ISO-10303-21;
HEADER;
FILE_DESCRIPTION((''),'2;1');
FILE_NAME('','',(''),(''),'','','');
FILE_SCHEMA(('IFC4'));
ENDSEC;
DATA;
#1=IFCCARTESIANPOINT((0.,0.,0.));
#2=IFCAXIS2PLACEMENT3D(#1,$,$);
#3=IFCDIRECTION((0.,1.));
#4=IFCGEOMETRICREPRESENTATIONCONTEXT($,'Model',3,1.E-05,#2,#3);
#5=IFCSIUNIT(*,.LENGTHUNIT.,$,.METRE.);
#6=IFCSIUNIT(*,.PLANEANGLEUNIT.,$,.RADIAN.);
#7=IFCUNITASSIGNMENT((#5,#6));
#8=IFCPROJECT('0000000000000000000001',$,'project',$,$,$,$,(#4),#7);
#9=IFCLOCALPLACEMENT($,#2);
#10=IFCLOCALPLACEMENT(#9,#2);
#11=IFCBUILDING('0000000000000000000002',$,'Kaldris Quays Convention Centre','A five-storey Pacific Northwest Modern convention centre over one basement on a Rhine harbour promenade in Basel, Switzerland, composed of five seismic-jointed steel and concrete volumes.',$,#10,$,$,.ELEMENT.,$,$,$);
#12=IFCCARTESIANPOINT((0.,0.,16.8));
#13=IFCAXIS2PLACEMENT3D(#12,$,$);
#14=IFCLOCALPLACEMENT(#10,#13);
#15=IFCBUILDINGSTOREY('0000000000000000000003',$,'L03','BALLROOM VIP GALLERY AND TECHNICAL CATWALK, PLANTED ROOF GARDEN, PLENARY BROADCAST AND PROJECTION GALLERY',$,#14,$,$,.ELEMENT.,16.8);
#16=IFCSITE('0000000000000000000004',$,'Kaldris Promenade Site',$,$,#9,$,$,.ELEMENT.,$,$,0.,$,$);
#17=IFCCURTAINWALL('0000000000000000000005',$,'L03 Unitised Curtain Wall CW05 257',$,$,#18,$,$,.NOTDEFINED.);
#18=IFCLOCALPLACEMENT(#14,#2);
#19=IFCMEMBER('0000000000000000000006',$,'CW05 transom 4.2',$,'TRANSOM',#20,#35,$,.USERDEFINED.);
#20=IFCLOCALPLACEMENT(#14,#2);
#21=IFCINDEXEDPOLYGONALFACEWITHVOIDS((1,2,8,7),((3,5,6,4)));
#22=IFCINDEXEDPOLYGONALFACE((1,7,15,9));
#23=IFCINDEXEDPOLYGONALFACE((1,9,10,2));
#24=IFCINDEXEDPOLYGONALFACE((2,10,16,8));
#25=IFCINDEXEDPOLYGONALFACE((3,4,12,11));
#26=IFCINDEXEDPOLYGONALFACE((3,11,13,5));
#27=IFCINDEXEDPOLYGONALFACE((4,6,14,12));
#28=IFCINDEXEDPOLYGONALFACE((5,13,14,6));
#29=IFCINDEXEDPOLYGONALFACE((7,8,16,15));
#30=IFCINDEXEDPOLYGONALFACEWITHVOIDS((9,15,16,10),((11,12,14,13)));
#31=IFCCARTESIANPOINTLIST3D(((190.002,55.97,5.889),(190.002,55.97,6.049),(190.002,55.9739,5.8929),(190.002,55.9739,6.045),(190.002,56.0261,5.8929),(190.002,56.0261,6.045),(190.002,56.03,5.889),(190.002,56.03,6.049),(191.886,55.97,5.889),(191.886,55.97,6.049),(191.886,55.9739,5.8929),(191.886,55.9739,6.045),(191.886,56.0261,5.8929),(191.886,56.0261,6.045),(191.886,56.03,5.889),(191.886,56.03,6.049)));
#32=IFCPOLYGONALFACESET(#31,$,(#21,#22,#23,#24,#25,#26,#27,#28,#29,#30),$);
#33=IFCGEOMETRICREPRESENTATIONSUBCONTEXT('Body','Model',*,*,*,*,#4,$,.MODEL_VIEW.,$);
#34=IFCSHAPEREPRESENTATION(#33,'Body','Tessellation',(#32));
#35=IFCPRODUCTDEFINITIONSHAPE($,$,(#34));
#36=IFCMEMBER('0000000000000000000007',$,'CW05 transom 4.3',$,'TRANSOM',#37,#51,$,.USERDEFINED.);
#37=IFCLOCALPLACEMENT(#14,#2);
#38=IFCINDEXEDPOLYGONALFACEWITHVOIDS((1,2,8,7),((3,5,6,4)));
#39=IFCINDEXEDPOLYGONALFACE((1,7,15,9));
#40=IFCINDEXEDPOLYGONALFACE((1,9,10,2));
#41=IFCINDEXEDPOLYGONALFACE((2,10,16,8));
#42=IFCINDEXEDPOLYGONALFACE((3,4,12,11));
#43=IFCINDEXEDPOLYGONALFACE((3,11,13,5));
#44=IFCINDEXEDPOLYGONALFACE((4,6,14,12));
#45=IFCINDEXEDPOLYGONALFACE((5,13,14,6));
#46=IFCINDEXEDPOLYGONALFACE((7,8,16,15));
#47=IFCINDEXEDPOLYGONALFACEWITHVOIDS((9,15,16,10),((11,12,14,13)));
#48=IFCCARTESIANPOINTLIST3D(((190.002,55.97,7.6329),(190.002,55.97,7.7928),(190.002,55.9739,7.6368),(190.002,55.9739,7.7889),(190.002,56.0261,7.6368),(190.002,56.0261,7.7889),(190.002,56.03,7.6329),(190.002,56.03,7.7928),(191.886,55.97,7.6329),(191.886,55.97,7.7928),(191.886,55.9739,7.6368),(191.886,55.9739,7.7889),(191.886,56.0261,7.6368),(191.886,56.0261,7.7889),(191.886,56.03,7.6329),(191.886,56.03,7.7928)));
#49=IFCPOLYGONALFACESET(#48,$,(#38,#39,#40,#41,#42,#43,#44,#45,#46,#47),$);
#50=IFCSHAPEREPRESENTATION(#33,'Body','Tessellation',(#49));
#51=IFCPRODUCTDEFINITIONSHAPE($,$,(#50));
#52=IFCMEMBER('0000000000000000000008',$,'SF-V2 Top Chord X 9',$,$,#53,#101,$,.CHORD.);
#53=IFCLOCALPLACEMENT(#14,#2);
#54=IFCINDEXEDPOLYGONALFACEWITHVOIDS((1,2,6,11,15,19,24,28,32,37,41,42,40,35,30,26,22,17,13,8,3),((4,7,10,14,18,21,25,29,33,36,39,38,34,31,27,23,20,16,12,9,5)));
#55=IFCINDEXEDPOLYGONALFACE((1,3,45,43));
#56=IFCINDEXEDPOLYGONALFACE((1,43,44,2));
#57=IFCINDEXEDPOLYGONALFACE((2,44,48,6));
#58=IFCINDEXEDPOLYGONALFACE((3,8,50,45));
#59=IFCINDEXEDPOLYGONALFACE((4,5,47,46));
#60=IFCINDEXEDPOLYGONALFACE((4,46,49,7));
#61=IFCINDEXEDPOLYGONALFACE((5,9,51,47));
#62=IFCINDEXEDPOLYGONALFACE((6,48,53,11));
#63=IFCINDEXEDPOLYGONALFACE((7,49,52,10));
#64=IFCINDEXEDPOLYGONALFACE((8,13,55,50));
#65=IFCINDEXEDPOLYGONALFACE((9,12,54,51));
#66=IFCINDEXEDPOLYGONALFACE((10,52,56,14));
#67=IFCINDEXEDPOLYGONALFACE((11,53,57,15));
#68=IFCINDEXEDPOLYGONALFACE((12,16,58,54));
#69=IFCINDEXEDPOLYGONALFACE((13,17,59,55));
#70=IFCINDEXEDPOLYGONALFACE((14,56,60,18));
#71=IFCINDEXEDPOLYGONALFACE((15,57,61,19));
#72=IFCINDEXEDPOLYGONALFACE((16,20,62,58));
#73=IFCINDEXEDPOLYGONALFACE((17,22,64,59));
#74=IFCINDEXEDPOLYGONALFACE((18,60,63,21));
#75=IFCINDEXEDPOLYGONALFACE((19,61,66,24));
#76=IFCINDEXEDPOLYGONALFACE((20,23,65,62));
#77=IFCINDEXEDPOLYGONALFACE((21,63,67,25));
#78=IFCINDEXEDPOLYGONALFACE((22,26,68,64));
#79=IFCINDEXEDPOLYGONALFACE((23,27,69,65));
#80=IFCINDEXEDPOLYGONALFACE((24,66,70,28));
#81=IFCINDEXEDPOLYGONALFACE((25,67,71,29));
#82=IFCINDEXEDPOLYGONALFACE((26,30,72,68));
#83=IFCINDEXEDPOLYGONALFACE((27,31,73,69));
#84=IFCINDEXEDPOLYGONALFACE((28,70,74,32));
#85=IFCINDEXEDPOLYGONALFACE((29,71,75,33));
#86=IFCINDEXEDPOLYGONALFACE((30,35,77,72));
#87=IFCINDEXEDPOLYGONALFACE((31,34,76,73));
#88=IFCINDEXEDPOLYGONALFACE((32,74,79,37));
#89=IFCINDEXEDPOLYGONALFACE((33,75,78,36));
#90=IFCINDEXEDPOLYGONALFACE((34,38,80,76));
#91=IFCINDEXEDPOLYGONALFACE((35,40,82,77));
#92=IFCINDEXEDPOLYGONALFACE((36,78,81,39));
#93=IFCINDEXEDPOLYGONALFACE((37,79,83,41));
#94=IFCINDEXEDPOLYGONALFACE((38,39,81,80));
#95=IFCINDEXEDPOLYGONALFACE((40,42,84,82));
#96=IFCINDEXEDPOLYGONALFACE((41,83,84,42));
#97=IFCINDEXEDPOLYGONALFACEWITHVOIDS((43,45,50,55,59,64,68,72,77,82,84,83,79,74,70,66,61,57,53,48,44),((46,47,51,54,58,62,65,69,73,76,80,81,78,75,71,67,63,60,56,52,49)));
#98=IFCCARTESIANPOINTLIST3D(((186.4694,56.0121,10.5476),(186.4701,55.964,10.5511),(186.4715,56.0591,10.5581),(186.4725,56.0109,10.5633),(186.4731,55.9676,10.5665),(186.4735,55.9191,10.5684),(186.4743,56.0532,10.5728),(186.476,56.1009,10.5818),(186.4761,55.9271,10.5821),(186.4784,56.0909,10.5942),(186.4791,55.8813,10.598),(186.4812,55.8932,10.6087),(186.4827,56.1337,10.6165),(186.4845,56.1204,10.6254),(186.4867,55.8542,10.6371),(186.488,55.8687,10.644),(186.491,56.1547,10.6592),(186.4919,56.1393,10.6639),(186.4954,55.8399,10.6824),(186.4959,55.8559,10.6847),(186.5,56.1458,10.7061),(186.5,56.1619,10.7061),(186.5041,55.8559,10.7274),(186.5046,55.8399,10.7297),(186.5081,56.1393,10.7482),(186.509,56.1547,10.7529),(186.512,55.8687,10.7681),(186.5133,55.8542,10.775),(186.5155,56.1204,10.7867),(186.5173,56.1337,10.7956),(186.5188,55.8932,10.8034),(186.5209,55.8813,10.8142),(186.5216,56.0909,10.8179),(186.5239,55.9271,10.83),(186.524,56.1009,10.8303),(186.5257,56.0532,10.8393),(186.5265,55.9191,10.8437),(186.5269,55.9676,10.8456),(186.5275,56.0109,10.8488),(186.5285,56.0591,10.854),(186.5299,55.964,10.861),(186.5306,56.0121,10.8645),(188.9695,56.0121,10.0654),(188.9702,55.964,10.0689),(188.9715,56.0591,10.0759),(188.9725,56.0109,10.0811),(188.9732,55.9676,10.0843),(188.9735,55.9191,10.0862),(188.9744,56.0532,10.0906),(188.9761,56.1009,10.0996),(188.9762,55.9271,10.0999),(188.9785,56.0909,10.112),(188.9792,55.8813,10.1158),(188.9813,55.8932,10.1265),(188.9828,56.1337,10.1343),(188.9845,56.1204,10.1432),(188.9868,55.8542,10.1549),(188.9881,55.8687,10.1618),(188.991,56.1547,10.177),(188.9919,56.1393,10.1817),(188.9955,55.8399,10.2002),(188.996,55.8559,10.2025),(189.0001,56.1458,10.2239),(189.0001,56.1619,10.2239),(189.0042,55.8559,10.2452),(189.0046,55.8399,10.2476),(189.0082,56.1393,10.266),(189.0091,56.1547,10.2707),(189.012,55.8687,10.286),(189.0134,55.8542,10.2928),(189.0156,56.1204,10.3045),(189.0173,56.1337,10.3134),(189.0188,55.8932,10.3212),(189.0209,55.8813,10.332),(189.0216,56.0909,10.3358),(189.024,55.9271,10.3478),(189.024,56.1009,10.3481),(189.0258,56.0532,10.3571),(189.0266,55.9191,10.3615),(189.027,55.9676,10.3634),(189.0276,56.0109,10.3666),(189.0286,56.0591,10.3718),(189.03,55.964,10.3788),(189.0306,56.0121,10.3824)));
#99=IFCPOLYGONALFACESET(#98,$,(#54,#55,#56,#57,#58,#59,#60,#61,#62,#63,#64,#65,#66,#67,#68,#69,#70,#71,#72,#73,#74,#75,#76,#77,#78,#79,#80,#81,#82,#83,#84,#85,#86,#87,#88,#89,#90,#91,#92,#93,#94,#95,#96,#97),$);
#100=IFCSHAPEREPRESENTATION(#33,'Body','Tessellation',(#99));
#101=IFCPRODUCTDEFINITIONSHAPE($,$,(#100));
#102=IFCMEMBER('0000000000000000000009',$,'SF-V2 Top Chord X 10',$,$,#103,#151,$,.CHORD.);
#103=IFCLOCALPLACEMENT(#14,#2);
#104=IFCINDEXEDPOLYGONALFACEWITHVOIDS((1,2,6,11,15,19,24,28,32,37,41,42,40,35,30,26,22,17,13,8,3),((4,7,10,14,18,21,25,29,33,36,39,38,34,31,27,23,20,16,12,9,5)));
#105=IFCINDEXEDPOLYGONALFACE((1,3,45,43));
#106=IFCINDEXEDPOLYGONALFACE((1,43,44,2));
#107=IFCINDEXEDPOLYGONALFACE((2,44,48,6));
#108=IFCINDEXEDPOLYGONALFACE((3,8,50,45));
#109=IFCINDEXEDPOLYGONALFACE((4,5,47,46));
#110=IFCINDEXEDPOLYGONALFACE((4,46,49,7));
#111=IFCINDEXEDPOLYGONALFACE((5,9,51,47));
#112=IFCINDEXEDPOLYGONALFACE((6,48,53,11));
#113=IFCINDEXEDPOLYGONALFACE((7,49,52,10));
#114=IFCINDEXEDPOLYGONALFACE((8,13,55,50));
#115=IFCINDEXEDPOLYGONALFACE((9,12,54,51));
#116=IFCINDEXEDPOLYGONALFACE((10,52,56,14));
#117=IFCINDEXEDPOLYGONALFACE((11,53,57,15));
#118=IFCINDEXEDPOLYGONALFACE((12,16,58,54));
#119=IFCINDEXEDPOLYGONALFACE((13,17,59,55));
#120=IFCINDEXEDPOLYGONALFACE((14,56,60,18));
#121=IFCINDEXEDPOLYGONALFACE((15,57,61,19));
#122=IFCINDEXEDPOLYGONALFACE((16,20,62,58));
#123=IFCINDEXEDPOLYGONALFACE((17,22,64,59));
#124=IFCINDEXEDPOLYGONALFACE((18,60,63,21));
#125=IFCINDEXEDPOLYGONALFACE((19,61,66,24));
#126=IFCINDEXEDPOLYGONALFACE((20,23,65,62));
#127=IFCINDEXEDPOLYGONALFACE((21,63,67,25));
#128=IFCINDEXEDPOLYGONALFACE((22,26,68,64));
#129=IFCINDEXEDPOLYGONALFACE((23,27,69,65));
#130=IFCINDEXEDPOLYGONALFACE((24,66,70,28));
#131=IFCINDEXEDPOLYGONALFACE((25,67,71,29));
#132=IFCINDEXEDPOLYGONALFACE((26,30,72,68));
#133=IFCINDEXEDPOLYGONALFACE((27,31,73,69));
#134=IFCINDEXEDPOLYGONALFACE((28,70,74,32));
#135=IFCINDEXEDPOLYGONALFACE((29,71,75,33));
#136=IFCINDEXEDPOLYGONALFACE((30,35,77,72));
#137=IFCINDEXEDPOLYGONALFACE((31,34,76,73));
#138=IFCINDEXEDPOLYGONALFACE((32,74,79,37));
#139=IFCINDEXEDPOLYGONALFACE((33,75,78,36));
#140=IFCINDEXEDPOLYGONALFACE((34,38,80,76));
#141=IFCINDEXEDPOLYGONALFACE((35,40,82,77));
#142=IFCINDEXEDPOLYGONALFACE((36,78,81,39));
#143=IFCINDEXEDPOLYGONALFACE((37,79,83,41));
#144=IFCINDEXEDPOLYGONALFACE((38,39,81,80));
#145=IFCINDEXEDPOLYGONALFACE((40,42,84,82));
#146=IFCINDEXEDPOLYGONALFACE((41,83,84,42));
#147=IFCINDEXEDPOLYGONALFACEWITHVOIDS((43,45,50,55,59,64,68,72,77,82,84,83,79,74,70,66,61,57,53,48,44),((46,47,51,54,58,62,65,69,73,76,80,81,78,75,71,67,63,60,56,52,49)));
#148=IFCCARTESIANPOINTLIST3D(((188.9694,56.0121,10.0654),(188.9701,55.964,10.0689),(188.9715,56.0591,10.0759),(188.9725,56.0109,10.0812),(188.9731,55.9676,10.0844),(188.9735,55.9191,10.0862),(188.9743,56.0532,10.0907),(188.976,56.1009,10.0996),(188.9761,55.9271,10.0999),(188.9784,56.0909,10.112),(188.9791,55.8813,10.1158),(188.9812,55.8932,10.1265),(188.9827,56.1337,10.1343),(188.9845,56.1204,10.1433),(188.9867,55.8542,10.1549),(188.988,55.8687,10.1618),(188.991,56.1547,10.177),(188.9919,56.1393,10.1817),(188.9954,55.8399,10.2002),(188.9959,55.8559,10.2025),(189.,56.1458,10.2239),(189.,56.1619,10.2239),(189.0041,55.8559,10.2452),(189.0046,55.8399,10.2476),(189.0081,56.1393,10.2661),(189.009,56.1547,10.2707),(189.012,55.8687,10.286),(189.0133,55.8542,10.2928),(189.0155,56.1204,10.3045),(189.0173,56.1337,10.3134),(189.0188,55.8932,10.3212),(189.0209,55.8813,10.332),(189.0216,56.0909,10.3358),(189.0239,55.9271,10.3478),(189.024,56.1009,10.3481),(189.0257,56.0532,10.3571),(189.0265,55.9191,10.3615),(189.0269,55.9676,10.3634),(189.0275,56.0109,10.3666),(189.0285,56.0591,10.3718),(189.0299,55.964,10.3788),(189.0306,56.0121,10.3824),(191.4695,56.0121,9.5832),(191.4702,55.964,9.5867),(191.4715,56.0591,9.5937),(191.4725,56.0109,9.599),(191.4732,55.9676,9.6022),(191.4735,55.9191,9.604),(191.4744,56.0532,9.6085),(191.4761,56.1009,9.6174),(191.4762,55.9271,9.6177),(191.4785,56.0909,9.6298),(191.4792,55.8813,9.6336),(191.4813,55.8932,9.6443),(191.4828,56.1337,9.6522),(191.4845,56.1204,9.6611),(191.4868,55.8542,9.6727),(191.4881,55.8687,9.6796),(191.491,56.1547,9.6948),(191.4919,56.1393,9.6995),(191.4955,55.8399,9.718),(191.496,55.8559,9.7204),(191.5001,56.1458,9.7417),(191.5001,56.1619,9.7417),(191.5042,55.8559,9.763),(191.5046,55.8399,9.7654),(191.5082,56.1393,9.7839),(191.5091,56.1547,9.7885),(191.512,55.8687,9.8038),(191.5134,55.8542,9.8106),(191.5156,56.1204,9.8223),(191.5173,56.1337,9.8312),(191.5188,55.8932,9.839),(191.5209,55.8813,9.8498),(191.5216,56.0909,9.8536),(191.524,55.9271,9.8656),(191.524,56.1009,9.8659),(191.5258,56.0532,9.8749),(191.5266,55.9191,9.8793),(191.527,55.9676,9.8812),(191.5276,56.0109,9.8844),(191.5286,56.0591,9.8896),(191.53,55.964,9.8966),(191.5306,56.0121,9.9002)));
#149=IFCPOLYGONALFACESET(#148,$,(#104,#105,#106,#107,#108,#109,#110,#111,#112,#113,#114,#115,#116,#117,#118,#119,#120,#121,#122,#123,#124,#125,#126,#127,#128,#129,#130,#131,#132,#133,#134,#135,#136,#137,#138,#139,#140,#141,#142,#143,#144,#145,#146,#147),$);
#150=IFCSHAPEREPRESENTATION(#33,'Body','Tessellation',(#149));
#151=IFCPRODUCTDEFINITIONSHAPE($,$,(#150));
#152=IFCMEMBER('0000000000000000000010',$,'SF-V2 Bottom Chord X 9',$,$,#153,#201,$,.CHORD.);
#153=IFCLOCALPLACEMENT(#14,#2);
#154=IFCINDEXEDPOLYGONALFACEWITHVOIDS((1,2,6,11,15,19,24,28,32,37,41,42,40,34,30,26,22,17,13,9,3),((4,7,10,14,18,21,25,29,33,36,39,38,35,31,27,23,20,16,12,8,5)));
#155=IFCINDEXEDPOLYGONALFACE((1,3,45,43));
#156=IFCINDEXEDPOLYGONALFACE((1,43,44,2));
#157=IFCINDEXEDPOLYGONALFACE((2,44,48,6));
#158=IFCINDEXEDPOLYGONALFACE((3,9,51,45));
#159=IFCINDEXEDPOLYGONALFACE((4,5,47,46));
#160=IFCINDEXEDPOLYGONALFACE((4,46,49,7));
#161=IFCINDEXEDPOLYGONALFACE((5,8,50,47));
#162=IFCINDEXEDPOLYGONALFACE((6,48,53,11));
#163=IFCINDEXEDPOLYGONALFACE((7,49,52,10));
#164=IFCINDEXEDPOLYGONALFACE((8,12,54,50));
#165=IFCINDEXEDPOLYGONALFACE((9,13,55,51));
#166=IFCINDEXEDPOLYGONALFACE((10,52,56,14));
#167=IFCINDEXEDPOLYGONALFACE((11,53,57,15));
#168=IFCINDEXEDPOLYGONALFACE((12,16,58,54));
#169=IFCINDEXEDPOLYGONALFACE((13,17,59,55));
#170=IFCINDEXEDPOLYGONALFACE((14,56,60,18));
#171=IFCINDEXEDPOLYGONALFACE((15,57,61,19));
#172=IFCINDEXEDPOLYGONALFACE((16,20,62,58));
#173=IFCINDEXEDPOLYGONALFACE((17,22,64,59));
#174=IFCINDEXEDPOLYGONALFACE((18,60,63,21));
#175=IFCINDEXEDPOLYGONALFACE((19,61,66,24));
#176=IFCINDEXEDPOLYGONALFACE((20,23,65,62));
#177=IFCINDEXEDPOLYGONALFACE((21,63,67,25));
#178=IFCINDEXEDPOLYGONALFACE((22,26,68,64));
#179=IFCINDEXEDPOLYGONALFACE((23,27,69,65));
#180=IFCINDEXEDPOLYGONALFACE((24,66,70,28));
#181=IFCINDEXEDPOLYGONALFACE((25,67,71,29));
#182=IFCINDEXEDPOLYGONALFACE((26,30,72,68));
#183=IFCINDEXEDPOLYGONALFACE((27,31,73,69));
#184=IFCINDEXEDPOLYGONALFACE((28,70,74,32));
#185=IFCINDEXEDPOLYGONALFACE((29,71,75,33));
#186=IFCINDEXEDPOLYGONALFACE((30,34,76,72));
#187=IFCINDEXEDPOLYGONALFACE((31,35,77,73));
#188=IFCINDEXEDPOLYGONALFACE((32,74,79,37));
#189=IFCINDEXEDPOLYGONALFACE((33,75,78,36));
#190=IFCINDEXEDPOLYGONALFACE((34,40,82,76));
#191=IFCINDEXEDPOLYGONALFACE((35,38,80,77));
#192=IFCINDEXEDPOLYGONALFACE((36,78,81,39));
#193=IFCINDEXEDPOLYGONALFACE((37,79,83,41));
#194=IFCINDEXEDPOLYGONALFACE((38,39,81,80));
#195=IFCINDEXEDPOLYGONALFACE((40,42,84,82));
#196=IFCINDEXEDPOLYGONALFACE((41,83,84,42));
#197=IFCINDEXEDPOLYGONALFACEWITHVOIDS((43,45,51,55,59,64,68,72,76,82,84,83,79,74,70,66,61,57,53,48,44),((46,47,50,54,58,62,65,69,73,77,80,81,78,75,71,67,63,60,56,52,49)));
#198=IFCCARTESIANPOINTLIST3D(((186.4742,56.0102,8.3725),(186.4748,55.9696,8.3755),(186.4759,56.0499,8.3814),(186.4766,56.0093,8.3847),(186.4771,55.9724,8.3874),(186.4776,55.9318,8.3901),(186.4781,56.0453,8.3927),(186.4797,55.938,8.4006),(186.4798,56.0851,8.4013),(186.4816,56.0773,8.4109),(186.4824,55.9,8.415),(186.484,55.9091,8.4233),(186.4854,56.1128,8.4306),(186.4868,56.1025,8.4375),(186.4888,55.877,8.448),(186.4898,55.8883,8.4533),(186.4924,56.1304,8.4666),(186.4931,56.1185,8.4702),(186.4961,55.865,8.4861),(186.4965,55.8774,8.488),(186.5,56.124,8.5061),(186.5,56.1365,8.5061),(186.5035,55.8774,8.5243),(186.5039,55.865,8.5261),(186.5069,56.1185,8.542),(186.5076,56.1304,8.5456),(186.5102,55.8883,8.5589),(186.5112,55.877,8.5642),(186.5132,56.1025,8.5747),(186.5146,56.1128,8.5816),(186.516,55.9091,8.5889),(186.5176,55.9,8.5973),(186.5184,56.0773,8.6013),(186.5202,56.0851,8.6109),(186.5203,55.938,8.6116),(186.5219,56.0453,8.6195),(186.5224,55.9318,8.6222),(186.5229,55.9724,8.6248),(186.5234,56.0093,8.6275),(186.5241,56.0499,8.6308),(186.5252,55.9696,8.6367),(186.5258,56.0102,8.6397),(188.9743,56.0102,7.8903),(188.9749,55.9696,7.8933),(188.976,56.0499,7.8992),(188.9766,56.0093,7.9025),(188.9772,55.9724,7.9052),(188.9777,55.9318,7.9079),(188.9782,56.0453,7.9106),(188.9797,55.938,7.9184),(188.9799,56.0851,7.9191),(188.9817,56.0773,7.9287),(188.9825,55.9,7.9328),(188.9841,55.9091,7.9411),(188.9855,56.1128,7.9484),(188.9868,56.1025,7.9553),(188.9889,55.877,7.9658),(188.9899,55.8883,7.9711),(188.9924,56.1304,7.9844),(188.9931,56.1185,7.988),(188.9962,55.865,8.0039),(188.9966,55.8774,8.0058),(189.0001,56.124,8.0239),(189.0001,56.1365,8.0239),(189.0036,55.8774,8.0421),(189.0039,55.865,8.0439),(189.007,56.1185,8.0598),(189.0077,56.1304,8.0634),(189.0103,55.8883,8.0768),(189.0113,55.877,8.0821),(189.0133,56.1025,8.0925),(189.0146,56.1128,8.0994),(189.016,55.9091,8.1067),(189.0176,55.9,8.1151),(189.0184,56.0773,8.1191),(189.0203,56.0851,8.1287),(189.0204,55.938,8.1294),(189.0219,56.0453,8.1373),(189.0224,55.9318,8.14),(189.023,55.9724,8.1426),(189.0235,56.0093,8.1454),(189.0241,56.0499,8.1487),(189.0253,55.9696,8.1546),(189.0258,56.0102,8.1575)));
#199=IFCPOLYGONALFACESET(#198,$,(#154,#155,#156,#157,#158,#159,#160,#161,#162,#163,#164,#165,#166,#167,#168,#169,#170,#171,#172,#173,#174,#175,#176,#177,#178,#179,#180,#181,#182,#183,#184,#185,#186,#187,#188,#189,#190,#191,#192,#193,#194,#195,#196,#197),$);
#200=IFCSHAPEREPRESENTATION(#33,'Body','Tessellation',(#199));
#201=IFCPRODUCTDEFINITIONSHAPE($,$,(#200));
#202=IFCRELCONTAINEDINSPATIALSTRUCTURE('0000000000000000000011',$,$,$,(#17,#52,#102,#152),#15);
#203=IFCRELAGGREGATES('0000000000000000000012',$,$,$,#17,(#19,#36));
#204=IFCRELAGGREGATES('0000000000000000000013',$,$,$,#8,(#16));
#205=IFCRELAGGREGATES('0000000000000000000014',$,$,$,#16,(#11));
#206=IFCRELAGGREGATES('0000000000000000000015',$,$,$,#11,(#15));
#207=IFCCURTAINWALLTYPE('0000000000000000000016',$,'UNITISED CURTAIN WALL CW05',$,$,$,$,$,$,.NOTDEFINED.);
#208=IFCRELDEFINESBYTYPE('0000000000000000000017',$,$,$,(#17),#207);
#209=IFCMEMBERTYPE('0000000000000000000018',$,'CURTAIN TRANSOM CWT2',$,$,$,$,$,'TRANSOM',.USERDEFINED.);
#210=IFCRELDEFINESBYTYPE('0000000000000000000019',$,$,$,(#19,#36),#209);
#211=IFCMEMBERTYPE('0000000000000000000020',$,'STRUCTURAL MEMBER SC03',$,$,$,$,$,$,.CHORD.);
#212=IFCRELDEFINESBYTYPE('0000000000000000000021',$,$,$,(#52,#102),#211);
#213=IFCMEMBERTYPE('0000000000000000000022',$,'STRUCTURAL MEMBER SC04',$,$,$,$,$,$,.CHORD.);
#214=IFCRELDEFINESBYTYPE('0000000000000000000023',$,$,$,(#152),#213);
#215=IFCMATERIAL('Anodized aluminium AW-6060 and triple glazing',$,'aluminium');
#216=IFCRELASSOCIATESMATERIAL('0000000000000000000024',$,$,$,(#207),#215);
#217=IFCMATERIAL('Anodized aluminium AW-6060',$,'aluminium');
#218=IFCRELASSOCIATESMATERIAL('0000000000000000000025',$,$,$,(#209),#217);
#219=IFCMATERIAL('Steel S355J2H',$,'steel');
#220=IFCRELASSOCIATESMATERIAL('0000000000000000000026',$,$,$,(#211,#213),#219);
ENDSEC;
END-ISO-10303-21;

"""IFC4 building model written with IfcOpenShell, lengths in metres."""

from ifc_helpers import new_model, si_unit, direction, frame, origin, origin_2d, place, context, subcontext, project, spatial, hollow_rectangle, hollow_circle, extrude, material, material_profile, profile_set, type_object, element, aggregate, save


model = new_model("IFC4")

# Units and contexts
model_context = context("Model", 3, precision=1e-05, world=origin(), true_north=direction((0.0, 1.0)))
body_context = subcontext(model_context, "Body", "Model", "MODEL_VIEW")
ifc_project = project(units=[si_unit("LENGTHUNIT", "METRE"), si_unit("PLANEANGLEUNIT", "RADIAN")], contexts=[model_context])

# Site, building, storey
site_placement = place(None, origin())
site = spatial("IfcSite", under=ifc_project, at=site_placement, Name="Kaldris Promenade Site", CompositionType="ELEMENT", RefElevation=0.0)
building_placement = place(site_placement, origin())
building = spatial("IfcBuilding", under=site, at=building_placement, Name="Kaldris Quays Convention Centre", Description="A five-storey Pacific Northwest Modern convention centre over one basement on a Rhine harbour promenade in Basel, Switzerland, composed of five seismic-jointed steel and concrete volumes.", CompositionType="ELEMENT")
storey_placement = place(building_placement, frame((0.0, 0.0, 16.8)))
storey = spatial("IfcBuildingStorey", under=building, at=storey_placement, Name="L03", Description="BALLROOM VIP GALLERY AND TECHNICAL CATWALK, PLANTED ROOF GARDEN, PLENARY BROADCAST AND PROJECTION GALLERY", CompositionType="ELEMENT", Elevation=16.8)

# Curtain wall
ifc_material_1 = material(Name="Anodized aluminium AW-6060 and triple glazing", Category="aluminium")
curtain_wall_type_1 = type_object("IfcCurtainWallType", Name="UNITISED CURTAIN WALL CW05", PredefinedType="NOTDEFINED", material=ifc_material_1)
curtain_wall_1_placement = place(storey_placement, origin())
curtain_wall_1 = element("IfcCurtainWall", 1, at=curtain_wall_1_placement, inside=storey, type_object=curtain_wall_type_1, Name="L03 Unitised Curtain Wall CW05 257", PredefinedType="NOTDEFINED")
ifc_material_2 = material(Name="Anodized aluminium AW-6060", Category="aluminium")

# Members
ifc_material_profile_1 = material_profile(ifc_material_2, hollow_rectangle(XDim=0.0601, YDim=0.1599, WallThickness=0.0039, at=origin_2d()), Name="RHS 160x60x4")
ifc_profile_set_1 = profile_set([ifc_material_profile_1], Name="Anodized aluminium AW-6060")
member_type_1 = type_object("IfcMemberType", Name="CURTAIN TRANSOM CWT2", ElementType="TRANSOM", PredefinedType="USERDEFINED", material=ifc_profile_set_1)
member_1_placement = place(storey_placement, frame((190.002, 56.0, 5.969), z_axis=(1.0, 0.0, 0.0), x_axis=(0.0, 1.0, 0.0)))
member_1 = element("IfcMember", 2, at=member_1_placement, type_object=member_type_1, Name="CW05 transom 4.2", ObjectType="TRANSOM", PredefinedType="USERDEFINED", context=body_context, shape_type="SweptSolid", body=[
    extrude(hollow_rectangle(XDim=0.0601, YDim=0.1599, WallThickness=0.0039, at=origin_2d()), origin(), (0.0, 0.0, 1.0), 1.884),
])
member_2_placement = place(storey_placement, frame((190.002, 56.0, 7.7129), z_axis=(1.0, 0.0, 0.0), x_axis=(0.0, 1.0, 0.0)))
member_2 = element("IfcMember", 3, at=member_2_placement, type_object=member_type_1, Name="CW05 transom 4.3", ObjectType="TRANSOM", PredefinedType="USERDEFINED", context=body_context, shape_type="SweptSolid", body=[
    extrude(hollow_rectangle(XDim=0.0601, YDim=0.1599, WallThickness=0.0039, at=origin_2d()), origin(), (0.0, 0.0, 1.0), 1.884),
])

# Members
ifc_material_3 = material(Name="Steel S355J2H", Category="steel")
ifc_material_profile_2 = material_profile(ifc_material_3, hollow_circle(Radius=0.1619, WallThickness=0.0161, at=origin_2d()), Name="CHS 323.9x16")
ifc_profile_set_2 = profile_set([ifc_material_profile_2], Name="Steel S355J2H")
member_type_2 = type_object("IfcMemberType", Name="STRUCTURAL MEMBER SC03", PredefinedType="CHORD", material=ifc_profile_set_2)
for number, where, z_axis, x_axis, name in (
    (4, (186.5, 56.0, 10.7061), (0.981904, 0.0, -0.189381), (0.0, 1.0, 0.0), "SF-V2 Top Chord X 9"),
    (5, (189.0, 56.0, 10.2239), (0.981904, 0.0, -0.189381), (0.0, 1.0, 0.0), "SF-V2 Top Chord X 10"),
):
    element("IfcMember", number, at=place(storey_placement, frame(where, z_axis=z_axis, x_axis=x_axis)), inside=storey, type_object=member_type_2, Name=name, PredefinedType="CHORD", context=body_context, shape_type="SweptSolid", body=[
        extrude(hollow_circle(Radius=0.1619, WallThickness=0.0161, at=origin_2d()), origin(), (0.0, 0.0, 1.0), 2.5461),
    ])
ifc_material_profile_3 = material_profile(ifc_material_3, hollow_circle(Radius=0.1365, WallThickness=0.0125, at=origin_2d()), Name="CHS 273x12.5")
ifc_profile_set_3 = profile_set([ifc_material_profile_3], Name="Steel S355J2H")
member_type_3 = type_object("IfcMemberType", Name="STRUCTURAL MEMBER SC04", PredefinedType="CHORD", material=ifc_profile_set_3)
for number, where, z_axis, x_axis, name in (
    (6, (186.5, 56.0, 8.5061), (0.981904, 0.0, -0.189381), (0.0, 1.0, 0.0), "SF-V2 Bottom Chord X 9"),
):
    element("IfcMember", number, at=place(storey_placement, frame(where, z_axis=z_axis, x_axis=x_axis)), inside=storey, type_object=member_type_3, Name=name, PredefinedType="CHORD", context=body_context, shape_type="SweptSolid", body=[
        extrude(hollow_circle(Radius=0.1365, WallThickness=0.0125, at=origin_2d()), origin(), (0.0, 0.0, 1.0), 2.5461),
    ])

aggregate(curtain_wall_1, [member_1, member_2])

save(model, "model.ifc")
